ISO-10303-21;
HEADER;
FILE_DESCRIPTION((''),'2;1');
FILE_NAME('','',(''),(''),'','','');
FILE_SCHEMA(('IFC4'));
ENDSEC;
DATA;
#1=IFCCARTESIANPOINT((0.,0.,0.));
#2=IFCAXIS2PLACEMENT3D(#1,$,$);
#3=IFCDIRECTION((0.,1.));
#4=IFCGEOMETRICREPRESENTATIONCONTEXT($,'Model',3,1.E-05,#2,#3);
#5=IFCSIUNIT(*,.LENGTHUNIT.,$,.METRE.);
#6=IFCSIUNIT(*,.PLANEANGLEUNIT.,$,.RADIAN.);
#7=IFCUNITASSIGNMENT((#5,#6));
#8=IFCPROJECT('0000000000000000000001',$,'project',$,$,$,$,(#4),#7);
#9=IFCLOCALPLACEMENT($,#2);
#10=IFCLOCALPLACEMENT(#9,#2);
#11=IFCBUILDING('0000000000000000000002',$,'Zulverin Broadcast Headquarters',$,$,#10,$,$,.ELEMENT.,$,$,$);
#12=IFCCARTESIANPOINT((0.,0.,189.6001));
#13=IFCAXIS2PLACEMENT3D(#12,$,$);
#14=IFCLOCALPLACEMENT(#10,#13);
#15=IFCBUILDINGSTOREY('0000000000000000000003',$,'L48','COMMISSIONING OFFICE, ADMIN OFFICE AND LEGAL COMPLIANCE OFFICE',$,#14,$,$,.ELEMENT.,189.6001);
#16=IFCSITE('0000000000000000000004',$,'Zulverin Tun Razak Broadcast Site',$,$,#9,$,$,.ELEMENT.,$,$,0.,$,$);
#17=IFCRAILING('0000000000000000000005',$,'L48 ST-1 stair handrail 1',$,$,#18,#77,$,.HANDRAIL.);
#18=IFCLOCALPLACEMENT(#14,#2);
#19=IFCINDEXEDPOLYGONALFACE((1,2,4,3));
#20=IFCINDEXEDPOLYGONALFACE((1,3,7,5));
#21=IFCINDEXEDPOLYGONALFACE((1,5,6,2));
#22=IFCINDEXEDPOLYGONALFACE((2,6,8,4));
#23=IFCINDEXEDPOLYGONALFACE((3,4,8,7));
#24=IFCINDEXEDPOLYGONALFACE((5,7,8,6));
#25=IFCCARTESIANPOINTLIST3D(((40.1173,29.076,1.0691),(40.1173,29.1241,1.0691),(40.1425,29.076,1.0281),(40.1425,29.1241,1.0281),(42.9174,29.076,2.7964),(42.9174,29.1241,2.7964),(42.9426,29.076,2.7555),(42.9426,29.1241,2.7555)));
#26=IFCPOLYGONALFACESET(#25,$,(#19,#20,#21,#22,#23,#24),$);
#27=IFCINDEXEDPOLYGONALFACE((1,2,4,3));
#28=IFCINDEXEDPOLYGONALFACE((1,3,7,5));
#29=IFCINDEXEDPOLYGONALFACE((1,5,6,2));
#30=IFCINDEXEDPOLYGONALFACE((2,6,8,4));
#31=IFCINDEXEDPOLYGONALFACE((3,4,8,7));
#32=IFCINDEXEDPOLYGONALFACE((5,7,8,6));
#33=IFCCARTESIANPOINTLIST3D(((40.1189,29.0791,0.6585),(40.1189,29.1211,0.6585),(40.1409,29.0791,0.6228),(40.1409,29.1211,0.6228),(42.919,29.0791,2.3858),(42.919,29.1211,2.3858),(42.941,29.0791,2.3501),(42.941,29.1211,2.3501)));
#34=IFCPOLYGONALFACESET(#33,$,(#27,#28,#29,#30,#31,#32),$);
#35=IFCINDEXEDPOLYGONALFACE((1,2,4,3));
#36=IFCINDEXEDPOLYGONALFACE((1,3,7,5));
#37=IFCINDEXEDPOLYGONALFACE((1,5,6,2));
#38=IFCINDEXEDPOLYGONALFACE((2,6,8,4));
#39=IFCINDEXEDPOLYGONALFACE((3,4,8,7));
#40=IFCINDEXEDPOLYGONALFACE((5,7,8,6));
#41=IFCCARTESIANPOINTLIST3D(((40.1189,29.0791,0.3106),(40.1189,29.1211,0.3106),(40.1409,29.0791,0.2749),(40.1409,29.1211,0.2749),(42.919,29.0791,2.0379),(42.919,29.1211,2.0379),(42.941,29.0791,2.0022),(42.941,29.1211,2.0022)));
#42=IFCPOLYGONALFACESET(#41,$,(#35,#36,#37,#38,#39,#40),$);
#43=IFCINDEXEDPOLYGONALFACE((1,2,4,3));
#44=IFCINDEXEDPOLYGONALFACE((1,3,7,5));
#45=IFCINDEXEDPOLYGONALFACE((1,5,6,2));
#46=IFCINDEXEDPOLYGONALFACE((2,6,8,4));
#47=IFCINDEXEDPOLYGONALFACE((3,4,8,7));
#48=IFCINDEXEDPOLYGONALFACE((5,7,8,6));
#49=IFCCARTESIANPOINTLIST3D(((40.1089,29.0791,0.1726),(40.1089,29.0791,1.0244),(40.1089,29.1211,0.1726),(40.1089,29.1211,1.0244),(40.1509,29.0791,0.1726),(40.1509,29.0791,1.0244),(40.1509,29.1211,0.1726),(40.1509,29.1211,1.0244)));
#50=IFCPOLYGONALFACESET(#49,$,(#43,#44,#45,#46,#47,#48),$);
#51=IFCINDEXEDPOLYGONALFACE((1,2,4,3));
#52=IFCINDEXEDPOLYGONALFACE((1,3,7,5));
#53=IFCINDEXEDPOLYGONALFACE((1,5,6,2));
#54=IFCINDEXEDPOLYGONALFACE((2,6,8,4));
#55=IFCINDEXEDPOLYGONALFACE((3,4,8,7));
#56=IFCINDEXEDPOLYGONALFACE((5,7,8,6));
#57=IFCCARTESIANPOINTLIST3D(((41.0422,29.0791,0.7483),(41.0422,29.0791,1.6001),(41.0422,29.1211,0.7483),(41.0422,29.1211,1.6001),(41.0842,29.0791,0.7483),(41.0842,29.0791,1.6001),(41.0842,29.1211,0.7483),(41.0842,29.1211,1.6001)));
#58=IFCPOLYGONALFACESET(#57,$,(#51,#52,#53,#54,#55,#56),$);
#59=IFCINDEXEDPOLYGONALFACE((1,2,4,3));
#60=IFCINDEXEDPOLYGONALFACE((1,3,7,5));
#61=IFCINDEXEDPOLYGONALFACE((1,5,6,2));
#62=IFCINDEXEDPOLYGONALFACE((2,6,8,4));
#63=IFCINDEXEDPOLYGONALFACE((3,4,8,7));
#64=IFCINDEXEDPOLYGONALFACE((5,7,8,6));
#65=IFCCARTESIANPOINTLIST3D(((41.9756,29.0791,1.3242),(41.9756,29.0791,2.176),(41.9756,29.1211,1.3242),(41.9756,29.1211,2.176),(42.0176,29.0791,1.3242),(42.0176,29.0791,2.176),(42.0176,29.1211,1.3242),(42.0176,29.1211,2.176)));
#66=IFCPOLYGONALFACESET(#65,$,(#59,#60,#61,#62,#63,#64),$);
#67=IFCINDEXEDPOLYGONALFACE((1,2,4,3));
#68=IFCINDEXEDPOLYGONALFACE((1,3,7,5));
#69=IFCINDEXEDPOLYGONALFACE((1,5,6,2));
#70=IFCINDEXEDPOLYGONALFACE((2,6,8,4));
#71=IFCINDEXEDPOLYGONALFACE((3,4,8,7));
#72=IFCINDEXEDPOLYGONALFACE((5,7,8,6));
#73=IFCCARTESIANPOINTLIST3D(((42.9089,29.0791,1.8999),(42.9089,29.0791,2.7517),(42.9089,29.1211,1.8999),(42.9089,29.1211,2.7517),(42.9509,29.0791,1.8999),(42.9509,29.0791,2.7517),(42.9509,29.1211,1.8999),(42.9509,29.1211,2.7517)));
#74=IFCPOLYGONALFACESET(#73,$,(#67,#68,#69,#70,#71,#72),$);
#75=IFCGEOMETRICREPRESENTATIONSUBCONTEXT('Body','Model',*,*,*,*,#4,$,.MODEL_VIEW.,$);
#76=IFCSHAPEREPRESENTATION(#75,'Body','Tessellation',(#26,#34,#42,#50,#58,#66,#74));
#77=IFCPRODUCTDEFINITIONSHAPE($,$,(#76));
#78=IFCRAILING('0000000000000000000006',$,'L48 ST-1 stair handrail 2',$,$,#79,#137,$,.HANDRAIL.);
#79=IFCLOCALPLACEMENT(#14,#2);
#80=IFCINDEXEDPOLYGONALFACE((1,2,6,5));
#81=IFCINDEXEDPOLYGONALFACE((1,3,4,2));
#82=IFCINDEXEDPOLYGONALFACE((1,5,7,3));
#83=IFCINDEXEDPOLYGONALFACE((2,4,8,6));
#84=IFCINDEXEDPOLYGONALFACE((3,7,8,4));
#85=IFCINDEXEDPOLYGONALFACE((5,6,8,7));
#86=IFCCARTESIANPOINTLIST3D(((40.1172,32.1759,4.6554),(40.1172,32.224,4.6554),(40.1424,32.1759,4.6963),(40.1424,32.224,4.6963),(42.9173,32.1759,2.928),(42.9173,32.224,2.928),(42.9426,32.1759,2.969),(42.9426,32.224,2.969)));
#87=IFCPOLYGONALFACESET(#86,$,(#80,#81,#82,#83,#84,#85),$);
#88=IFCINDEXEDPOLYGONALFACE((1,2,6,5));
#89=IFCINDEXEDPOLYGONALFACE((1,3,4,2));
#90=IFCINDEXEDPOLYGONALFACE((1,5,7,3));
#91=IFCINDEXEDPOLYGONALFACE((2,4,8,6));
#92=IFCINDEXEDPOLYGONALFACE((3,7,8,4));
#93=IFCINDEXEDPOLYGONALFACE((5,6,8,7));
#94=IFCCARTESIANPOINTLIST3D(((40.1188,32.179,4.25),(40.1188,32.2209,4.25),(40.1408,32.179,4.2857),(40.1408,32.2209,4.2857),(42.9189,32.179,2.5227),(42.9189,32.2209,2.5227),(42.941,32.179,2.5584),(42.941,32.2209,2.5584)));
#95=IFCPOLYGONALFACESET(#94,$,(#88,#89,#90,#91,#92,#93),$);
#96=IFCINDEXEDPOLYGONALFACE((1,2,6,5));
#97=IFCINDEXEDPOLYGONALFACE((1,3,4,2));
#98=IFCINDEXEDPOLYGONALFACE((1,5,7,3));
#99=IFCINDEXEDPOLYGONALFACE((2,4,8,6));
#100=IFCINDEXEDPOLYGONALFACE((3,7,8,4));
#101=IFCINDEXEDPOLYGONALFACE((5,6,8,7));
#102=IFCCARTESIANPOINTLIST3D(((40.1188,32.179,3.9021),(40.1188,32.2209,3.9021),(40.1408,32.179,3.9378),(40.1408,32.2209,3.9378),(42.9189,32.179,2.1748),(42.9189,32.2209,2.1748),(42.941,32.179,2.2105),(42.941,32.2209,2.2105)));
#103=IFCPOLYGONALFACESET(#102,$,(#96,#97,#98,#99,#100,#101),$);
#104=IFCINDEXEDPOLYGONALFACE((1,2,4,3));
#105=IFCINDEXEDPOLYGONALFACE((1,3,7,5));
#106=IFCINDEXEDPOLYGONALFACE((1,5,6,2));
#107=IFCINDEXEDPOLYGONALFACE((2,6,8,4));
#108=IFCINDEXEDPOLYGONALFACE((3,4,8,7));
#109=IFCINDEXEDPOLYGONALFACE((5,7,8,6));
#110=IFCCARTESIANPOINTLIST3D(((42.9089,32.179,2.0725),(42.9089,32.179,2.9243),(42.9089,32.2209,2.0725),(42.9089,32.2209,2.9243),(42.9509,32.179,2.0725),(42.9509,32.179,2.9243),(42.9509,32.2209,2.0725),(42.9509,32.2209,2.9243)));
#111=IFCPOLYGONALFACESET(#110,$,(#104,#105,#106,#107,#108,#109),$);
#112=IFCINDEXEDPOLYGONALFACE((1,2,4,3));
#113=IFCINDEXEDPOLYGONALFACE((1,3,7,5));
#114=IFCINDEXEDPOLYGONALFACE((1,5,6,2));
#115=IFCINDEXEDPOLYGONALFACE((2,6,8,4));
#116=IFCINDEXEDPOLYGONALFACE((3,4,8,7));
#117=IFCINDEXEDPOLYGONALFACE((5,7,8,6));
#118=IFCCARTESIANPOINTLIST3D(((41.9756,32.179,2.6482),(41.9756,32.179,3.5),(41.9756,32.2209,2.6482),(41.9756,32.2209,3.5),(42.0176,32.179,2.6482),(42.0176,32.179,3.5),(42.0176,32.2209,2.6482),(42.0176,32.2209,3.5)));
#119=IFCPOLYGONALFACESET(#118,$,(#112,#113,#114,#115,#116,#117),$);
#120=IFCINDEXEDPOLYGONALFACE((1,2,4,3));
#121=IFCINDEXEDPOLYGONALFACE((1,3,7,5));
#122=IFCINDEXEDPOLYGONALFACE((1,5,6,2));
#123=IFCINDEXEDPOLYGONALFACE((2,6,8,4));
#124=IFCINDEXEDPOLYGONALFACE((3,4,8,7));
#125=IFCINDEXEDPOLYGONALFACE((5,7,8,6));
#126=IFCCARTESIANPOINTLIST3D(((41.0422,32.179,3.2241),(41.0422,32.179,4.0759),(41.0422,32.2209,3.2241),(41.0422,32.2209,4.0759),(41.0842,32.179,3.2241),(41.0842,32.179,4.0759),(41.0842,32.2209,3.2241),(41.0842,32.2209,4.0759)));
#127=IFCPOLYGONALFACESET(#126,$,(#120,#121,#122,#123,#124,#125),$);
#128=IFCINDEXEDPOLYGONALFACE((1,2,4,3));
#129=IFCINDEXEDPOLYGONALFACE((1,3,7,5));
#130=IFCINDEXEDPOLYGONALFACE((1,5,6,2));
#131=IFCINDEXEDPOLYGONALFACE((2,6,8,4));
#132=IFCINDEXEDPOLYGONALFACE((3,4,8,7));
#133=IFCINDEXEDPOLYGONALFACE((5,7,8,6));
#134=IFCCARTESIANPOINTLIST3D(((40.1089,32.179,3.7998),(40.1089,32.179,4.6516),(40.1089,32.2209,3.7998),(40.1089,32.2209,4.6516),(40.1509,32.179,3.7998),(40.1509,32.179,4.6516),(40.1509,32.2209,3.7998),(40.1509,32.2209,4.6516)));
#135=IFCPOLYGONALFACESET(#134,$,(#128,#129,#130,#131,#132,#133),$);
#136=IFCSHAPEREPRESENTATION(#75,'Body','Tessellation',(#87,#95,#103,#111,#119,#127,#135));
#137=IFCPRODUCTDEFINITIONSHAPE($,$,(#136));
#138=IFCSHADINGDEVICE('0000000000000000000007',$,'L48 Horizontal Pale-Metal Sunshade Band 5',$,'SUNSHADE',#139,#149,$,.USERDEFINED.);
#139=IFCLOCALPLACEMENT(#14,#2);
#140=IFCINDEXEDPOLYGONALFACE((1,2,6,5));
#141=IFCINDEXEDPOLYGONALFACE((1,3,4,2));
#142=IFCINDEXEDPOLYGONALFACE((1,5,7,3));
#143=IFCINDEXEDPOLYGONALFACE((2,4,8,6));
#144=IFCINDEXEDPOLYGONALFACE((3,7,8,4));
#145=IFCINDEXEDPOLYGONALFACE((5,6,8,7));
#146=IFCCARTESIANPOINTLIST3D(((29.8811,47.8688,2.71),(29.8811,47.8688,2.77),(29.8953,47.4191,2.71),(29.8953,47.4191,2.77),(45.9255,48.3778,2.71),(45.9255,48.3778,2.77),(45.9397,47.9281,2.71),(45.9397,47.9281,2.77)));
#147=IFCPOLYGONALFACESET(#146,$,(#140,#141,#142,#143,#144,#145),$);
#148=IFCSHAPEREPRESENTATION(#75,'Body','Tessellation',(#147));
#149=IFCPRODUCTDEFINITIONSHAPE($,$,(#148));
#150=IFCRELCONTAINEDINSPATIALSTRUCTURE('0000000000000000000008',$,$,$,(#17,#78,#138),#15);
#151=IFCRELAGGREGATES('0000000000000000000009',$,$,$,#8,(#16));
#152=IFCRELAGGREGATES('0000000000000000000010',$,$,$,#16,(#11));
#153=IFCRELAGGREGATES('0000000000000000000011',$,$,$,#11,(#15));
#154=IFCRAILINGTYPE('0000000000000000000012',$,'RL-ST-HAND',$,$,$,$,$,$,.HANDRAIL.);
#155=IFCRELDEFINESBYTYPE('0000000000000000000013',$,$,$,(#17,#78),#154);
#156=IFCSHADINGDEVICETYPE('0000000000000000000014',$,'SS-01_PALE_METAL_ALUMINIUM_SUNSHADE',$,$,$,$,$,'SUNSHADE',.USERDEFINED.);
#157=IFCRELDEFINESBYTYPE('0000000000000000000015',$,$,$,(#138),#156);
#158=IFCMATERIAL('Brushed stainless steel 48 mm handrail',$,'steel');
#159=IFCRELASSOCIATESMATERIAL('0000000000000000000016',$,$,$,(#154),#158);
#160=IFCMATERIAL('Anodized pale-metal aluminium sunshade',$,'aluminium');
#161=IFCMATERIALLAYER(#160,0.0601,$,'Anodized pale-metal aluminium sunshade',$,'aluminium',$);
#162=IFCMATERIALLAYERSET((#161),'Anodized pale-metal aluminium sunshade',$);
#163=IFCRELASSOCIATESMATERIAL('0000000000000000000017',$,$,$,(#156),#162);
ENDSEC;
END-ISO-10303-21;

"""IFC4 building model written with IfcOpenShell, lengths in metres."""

from ifc_helpers import new_model, si_unit, direction, frame, origin, origin_2d, place, context, subcontext, project, spatial, rectangle, extrude, material, layer, layer_set, type_object, element, save


model = new_model("IFC4")

# Units and contexts
model_context = context("Model", 3, precision=1e-05, world=origin(), true_north=direction((0.0, 1.0)))
body_context = subcontext(model_context, "Body", "Model", "MODEL_VIEW")
ifc_project = project(units=[si_unit("LENGTHUNIT", "METRE"), si_unit("PLANEANGLEUNIT", "RADIAN")], contexts=[model_context])

# Site, building, storey
site_placement = place(None, origin())
site = spatial("IfcSite", under=ifc_project, at=site_placement, Name="Zulverin Tun Razak Broadcast Site", CompositionType="ELEMENT", RefElevation=0.0)
building_placement = place(site_placement, origin())
building = spatial("IfcBuilding", under=site, at=building_placement, Name="Zulverin Broadcast Headquarters", CompositionType="ELEMENT")
storey_placement = place(building_placement, frame((0.0, 0.0, 189.6001)))
storey = spatial("IfcBuildingStorey", under=building, at=storey_placement, Name="L48", Description="COMMISSIONING OFFICE, ADMIN OFFICE AND LEGAL COMPLIANCE OFFICE", CompositionType="ELEMENT", Elevation=189.6001)

# Railings
ifc_material_1 = material(Name="Brushed stainless steel 48 mm handrail", Category="steel")
railing_type_1 = type_object("IfcRailingType", Name="RL-ST-HAND", PredefinedType="HANDRAIL", material=ifc_material_1)
railing_1_placement = place(storey_placement, frame((40.1299, 29.1001, 0.1726)))
element("IfcRailing", 1, at=railing_1_placement, inside=storey, type_object=railing_type_1, Name="L48 ST-1 stair handrail 1", PredefinedType="HANDRAIL", context=body_context, shape_type="SweptSolid", body=[
    extrude(rectangle(XDim=0.0481, YDim=0.0481, at=origin_2d()), frame((0.0, 0.0, 0.876), z_axis=(0.85109, 0.0, 0.52502), x_axis=(0.0, 1.0, 0.0)), (0.0, 0.0, 1.0), 3.29),
    extrude(rectangle(XDim=0.042, YDim=0.042, at=origin_2d()), frame((0.0, 0.0, 0.468), z_axis=(0.85109, 0.0, 0.52502), x_axis=(0.0, 1.0, 0.0)), (0.0, 0.0, 1.0), 3.29),
    extrude(rectangle(XDim=0.042, YDim=0.042, at=origin_2d()), frame((0.0, 0.0, 0.1201), z_axis=(0.85109, 0.0, 0.52502), x_axis=(0.0, 1.0, 0.0)), (0.0, 0.0, 1.0), 3.29),
    extrude(rectangle(XDim=0.042, YDim=0.042, at=origin_2d()), origin(), (0.0, 0.0, 1.0), 0.8518),
    extrude(rectangle(XDim=0.042, YDim=0.042, at=origin_2d()), frame((0.9333, 0.0, 0.5757)), (0.0, 0.0, 1.0), 0.8518),
    extrude(rectangle(XDim=0.042, YDim=0.042, at=origin_2d()), frame((1.8667, 0.0, 1.1516)), (0.0, 0.0, 1.0), 0.8518),
    extrude(rectangle(XDim=0.042, YDim=0.042, at=origin_2d()), frame((2.8, 0.0, 1.7273)), (0.0, 0.0, 1.0), 0.8518),
])
railing_2_placement = place(storey_placement, frame((42.9299, 32.2, 2.0725)))
element("IfcRailing", 2, at=railing_2_placement, inside=storey, type_object=railing_type_1, Name="L48 ST-1 stair handrail 2", PredefinedType="HANDRAIL", context=body_context, shape_type="SweptSolid", body=[
    extrude(rectangle(XDim=0.0481, YDim=0.0481, at=origin_2d()), frame((0.0, 0.0, 0.876), z_axis=(-0.85109, 0.0, 0.52502), x_axis=(0.0, -1.0, 0.0)), (0.0, 0.0, 1.0), 3.29),
    extrude(rectangle(XDim=0.042, YDim=0.042, at=origin_2d()), frame((0.0, 0.0, 0.468), z_axis=(-0.85109, 0.0, 0.52502), x_axis=(0.0, -1.0, 0.0)), (0.0, 0.0, 1.0), 3.29),
    extrude(rectangle(XDim=0.042, YDim=0.042, at=origin_2d()), frame((0.0, 0.0, 0.1201), z_axis=(-0.85109, 0.0, 0.52502), x_axis=(0.0, -1.0, 0.0)), (0.0, 0.0, 1.0), 3.29),
    extrude(rectangle(XDim=0.042, YDim=0.042, at=origin_2d()), origin(), (0.0, 0.0, 1.0), 0.8518),
    extrude(rectangle(XDim=0.042, YDim=0.042, at=origin_2d()), frame((-0.9333, 0.0, 0.5757)), (0.0, 0.0, 1.0), 0.8518),
    extrude(rectangle(XDim=0.042, YDim=0.042, at=origin_2d()), frame((-1.8667, 0.0, 1.1516)), (0.0, 0.0, 1.0), 0.8518),
    extrude(rectangle(XDim=0.042, YDim=0.042, at=origin_2d()), frame((-2.8, 0.0, 1.7273)), (0.0, 0.0, 1.0), 0.8518),
])

# Shading device
ifc_material_2 = material(Name="Anodized pale-metal aluminium sunshade", Category="aluminium")
ifc_layer_1 = layer(ifc_material_2, 0.0601, Name="Anodized pale-metal aluminium sunshade", Category="aluminium")
ifc_layer_set_1 = layer_set([ifc_layer_1], Name="Anodized pale-metal aluminium sunshade")
shading_device_type = type_object("IfcShadingDeviceType", Name="SS-01_PALE_METAL_ALUMINIUM_SUNSHADE", ElementType="SUNSHADE", PredefinedType="USERDEFINED", material=ifc_layer_set_1)
shading_device_placement = place(storey_placement, frame((37.9104, 47.8984, 2.71), z_axis=(0.0, 0.0, 1.0), x_axis=(-0.999497, -0.031709, 0.0)))
element("IfcShadingDevice", 3, at=shading_device_placement, inside=storey, type_object=shading_device_type, Name="L48 Horizontal Pale-Metal Sunshade Band 5", ObjectType="SUNSHADE", PredefinedType="USERDEFINED", context=body_context, shape_type="SweptSolid", body=[
    extrude(rectangle(XDim=16.0525, YDim=0.45, at=origin_2d()), origin(), (0.0, 0.0, 1.0), 0.0601),
])

save(model, "model.ifc")
